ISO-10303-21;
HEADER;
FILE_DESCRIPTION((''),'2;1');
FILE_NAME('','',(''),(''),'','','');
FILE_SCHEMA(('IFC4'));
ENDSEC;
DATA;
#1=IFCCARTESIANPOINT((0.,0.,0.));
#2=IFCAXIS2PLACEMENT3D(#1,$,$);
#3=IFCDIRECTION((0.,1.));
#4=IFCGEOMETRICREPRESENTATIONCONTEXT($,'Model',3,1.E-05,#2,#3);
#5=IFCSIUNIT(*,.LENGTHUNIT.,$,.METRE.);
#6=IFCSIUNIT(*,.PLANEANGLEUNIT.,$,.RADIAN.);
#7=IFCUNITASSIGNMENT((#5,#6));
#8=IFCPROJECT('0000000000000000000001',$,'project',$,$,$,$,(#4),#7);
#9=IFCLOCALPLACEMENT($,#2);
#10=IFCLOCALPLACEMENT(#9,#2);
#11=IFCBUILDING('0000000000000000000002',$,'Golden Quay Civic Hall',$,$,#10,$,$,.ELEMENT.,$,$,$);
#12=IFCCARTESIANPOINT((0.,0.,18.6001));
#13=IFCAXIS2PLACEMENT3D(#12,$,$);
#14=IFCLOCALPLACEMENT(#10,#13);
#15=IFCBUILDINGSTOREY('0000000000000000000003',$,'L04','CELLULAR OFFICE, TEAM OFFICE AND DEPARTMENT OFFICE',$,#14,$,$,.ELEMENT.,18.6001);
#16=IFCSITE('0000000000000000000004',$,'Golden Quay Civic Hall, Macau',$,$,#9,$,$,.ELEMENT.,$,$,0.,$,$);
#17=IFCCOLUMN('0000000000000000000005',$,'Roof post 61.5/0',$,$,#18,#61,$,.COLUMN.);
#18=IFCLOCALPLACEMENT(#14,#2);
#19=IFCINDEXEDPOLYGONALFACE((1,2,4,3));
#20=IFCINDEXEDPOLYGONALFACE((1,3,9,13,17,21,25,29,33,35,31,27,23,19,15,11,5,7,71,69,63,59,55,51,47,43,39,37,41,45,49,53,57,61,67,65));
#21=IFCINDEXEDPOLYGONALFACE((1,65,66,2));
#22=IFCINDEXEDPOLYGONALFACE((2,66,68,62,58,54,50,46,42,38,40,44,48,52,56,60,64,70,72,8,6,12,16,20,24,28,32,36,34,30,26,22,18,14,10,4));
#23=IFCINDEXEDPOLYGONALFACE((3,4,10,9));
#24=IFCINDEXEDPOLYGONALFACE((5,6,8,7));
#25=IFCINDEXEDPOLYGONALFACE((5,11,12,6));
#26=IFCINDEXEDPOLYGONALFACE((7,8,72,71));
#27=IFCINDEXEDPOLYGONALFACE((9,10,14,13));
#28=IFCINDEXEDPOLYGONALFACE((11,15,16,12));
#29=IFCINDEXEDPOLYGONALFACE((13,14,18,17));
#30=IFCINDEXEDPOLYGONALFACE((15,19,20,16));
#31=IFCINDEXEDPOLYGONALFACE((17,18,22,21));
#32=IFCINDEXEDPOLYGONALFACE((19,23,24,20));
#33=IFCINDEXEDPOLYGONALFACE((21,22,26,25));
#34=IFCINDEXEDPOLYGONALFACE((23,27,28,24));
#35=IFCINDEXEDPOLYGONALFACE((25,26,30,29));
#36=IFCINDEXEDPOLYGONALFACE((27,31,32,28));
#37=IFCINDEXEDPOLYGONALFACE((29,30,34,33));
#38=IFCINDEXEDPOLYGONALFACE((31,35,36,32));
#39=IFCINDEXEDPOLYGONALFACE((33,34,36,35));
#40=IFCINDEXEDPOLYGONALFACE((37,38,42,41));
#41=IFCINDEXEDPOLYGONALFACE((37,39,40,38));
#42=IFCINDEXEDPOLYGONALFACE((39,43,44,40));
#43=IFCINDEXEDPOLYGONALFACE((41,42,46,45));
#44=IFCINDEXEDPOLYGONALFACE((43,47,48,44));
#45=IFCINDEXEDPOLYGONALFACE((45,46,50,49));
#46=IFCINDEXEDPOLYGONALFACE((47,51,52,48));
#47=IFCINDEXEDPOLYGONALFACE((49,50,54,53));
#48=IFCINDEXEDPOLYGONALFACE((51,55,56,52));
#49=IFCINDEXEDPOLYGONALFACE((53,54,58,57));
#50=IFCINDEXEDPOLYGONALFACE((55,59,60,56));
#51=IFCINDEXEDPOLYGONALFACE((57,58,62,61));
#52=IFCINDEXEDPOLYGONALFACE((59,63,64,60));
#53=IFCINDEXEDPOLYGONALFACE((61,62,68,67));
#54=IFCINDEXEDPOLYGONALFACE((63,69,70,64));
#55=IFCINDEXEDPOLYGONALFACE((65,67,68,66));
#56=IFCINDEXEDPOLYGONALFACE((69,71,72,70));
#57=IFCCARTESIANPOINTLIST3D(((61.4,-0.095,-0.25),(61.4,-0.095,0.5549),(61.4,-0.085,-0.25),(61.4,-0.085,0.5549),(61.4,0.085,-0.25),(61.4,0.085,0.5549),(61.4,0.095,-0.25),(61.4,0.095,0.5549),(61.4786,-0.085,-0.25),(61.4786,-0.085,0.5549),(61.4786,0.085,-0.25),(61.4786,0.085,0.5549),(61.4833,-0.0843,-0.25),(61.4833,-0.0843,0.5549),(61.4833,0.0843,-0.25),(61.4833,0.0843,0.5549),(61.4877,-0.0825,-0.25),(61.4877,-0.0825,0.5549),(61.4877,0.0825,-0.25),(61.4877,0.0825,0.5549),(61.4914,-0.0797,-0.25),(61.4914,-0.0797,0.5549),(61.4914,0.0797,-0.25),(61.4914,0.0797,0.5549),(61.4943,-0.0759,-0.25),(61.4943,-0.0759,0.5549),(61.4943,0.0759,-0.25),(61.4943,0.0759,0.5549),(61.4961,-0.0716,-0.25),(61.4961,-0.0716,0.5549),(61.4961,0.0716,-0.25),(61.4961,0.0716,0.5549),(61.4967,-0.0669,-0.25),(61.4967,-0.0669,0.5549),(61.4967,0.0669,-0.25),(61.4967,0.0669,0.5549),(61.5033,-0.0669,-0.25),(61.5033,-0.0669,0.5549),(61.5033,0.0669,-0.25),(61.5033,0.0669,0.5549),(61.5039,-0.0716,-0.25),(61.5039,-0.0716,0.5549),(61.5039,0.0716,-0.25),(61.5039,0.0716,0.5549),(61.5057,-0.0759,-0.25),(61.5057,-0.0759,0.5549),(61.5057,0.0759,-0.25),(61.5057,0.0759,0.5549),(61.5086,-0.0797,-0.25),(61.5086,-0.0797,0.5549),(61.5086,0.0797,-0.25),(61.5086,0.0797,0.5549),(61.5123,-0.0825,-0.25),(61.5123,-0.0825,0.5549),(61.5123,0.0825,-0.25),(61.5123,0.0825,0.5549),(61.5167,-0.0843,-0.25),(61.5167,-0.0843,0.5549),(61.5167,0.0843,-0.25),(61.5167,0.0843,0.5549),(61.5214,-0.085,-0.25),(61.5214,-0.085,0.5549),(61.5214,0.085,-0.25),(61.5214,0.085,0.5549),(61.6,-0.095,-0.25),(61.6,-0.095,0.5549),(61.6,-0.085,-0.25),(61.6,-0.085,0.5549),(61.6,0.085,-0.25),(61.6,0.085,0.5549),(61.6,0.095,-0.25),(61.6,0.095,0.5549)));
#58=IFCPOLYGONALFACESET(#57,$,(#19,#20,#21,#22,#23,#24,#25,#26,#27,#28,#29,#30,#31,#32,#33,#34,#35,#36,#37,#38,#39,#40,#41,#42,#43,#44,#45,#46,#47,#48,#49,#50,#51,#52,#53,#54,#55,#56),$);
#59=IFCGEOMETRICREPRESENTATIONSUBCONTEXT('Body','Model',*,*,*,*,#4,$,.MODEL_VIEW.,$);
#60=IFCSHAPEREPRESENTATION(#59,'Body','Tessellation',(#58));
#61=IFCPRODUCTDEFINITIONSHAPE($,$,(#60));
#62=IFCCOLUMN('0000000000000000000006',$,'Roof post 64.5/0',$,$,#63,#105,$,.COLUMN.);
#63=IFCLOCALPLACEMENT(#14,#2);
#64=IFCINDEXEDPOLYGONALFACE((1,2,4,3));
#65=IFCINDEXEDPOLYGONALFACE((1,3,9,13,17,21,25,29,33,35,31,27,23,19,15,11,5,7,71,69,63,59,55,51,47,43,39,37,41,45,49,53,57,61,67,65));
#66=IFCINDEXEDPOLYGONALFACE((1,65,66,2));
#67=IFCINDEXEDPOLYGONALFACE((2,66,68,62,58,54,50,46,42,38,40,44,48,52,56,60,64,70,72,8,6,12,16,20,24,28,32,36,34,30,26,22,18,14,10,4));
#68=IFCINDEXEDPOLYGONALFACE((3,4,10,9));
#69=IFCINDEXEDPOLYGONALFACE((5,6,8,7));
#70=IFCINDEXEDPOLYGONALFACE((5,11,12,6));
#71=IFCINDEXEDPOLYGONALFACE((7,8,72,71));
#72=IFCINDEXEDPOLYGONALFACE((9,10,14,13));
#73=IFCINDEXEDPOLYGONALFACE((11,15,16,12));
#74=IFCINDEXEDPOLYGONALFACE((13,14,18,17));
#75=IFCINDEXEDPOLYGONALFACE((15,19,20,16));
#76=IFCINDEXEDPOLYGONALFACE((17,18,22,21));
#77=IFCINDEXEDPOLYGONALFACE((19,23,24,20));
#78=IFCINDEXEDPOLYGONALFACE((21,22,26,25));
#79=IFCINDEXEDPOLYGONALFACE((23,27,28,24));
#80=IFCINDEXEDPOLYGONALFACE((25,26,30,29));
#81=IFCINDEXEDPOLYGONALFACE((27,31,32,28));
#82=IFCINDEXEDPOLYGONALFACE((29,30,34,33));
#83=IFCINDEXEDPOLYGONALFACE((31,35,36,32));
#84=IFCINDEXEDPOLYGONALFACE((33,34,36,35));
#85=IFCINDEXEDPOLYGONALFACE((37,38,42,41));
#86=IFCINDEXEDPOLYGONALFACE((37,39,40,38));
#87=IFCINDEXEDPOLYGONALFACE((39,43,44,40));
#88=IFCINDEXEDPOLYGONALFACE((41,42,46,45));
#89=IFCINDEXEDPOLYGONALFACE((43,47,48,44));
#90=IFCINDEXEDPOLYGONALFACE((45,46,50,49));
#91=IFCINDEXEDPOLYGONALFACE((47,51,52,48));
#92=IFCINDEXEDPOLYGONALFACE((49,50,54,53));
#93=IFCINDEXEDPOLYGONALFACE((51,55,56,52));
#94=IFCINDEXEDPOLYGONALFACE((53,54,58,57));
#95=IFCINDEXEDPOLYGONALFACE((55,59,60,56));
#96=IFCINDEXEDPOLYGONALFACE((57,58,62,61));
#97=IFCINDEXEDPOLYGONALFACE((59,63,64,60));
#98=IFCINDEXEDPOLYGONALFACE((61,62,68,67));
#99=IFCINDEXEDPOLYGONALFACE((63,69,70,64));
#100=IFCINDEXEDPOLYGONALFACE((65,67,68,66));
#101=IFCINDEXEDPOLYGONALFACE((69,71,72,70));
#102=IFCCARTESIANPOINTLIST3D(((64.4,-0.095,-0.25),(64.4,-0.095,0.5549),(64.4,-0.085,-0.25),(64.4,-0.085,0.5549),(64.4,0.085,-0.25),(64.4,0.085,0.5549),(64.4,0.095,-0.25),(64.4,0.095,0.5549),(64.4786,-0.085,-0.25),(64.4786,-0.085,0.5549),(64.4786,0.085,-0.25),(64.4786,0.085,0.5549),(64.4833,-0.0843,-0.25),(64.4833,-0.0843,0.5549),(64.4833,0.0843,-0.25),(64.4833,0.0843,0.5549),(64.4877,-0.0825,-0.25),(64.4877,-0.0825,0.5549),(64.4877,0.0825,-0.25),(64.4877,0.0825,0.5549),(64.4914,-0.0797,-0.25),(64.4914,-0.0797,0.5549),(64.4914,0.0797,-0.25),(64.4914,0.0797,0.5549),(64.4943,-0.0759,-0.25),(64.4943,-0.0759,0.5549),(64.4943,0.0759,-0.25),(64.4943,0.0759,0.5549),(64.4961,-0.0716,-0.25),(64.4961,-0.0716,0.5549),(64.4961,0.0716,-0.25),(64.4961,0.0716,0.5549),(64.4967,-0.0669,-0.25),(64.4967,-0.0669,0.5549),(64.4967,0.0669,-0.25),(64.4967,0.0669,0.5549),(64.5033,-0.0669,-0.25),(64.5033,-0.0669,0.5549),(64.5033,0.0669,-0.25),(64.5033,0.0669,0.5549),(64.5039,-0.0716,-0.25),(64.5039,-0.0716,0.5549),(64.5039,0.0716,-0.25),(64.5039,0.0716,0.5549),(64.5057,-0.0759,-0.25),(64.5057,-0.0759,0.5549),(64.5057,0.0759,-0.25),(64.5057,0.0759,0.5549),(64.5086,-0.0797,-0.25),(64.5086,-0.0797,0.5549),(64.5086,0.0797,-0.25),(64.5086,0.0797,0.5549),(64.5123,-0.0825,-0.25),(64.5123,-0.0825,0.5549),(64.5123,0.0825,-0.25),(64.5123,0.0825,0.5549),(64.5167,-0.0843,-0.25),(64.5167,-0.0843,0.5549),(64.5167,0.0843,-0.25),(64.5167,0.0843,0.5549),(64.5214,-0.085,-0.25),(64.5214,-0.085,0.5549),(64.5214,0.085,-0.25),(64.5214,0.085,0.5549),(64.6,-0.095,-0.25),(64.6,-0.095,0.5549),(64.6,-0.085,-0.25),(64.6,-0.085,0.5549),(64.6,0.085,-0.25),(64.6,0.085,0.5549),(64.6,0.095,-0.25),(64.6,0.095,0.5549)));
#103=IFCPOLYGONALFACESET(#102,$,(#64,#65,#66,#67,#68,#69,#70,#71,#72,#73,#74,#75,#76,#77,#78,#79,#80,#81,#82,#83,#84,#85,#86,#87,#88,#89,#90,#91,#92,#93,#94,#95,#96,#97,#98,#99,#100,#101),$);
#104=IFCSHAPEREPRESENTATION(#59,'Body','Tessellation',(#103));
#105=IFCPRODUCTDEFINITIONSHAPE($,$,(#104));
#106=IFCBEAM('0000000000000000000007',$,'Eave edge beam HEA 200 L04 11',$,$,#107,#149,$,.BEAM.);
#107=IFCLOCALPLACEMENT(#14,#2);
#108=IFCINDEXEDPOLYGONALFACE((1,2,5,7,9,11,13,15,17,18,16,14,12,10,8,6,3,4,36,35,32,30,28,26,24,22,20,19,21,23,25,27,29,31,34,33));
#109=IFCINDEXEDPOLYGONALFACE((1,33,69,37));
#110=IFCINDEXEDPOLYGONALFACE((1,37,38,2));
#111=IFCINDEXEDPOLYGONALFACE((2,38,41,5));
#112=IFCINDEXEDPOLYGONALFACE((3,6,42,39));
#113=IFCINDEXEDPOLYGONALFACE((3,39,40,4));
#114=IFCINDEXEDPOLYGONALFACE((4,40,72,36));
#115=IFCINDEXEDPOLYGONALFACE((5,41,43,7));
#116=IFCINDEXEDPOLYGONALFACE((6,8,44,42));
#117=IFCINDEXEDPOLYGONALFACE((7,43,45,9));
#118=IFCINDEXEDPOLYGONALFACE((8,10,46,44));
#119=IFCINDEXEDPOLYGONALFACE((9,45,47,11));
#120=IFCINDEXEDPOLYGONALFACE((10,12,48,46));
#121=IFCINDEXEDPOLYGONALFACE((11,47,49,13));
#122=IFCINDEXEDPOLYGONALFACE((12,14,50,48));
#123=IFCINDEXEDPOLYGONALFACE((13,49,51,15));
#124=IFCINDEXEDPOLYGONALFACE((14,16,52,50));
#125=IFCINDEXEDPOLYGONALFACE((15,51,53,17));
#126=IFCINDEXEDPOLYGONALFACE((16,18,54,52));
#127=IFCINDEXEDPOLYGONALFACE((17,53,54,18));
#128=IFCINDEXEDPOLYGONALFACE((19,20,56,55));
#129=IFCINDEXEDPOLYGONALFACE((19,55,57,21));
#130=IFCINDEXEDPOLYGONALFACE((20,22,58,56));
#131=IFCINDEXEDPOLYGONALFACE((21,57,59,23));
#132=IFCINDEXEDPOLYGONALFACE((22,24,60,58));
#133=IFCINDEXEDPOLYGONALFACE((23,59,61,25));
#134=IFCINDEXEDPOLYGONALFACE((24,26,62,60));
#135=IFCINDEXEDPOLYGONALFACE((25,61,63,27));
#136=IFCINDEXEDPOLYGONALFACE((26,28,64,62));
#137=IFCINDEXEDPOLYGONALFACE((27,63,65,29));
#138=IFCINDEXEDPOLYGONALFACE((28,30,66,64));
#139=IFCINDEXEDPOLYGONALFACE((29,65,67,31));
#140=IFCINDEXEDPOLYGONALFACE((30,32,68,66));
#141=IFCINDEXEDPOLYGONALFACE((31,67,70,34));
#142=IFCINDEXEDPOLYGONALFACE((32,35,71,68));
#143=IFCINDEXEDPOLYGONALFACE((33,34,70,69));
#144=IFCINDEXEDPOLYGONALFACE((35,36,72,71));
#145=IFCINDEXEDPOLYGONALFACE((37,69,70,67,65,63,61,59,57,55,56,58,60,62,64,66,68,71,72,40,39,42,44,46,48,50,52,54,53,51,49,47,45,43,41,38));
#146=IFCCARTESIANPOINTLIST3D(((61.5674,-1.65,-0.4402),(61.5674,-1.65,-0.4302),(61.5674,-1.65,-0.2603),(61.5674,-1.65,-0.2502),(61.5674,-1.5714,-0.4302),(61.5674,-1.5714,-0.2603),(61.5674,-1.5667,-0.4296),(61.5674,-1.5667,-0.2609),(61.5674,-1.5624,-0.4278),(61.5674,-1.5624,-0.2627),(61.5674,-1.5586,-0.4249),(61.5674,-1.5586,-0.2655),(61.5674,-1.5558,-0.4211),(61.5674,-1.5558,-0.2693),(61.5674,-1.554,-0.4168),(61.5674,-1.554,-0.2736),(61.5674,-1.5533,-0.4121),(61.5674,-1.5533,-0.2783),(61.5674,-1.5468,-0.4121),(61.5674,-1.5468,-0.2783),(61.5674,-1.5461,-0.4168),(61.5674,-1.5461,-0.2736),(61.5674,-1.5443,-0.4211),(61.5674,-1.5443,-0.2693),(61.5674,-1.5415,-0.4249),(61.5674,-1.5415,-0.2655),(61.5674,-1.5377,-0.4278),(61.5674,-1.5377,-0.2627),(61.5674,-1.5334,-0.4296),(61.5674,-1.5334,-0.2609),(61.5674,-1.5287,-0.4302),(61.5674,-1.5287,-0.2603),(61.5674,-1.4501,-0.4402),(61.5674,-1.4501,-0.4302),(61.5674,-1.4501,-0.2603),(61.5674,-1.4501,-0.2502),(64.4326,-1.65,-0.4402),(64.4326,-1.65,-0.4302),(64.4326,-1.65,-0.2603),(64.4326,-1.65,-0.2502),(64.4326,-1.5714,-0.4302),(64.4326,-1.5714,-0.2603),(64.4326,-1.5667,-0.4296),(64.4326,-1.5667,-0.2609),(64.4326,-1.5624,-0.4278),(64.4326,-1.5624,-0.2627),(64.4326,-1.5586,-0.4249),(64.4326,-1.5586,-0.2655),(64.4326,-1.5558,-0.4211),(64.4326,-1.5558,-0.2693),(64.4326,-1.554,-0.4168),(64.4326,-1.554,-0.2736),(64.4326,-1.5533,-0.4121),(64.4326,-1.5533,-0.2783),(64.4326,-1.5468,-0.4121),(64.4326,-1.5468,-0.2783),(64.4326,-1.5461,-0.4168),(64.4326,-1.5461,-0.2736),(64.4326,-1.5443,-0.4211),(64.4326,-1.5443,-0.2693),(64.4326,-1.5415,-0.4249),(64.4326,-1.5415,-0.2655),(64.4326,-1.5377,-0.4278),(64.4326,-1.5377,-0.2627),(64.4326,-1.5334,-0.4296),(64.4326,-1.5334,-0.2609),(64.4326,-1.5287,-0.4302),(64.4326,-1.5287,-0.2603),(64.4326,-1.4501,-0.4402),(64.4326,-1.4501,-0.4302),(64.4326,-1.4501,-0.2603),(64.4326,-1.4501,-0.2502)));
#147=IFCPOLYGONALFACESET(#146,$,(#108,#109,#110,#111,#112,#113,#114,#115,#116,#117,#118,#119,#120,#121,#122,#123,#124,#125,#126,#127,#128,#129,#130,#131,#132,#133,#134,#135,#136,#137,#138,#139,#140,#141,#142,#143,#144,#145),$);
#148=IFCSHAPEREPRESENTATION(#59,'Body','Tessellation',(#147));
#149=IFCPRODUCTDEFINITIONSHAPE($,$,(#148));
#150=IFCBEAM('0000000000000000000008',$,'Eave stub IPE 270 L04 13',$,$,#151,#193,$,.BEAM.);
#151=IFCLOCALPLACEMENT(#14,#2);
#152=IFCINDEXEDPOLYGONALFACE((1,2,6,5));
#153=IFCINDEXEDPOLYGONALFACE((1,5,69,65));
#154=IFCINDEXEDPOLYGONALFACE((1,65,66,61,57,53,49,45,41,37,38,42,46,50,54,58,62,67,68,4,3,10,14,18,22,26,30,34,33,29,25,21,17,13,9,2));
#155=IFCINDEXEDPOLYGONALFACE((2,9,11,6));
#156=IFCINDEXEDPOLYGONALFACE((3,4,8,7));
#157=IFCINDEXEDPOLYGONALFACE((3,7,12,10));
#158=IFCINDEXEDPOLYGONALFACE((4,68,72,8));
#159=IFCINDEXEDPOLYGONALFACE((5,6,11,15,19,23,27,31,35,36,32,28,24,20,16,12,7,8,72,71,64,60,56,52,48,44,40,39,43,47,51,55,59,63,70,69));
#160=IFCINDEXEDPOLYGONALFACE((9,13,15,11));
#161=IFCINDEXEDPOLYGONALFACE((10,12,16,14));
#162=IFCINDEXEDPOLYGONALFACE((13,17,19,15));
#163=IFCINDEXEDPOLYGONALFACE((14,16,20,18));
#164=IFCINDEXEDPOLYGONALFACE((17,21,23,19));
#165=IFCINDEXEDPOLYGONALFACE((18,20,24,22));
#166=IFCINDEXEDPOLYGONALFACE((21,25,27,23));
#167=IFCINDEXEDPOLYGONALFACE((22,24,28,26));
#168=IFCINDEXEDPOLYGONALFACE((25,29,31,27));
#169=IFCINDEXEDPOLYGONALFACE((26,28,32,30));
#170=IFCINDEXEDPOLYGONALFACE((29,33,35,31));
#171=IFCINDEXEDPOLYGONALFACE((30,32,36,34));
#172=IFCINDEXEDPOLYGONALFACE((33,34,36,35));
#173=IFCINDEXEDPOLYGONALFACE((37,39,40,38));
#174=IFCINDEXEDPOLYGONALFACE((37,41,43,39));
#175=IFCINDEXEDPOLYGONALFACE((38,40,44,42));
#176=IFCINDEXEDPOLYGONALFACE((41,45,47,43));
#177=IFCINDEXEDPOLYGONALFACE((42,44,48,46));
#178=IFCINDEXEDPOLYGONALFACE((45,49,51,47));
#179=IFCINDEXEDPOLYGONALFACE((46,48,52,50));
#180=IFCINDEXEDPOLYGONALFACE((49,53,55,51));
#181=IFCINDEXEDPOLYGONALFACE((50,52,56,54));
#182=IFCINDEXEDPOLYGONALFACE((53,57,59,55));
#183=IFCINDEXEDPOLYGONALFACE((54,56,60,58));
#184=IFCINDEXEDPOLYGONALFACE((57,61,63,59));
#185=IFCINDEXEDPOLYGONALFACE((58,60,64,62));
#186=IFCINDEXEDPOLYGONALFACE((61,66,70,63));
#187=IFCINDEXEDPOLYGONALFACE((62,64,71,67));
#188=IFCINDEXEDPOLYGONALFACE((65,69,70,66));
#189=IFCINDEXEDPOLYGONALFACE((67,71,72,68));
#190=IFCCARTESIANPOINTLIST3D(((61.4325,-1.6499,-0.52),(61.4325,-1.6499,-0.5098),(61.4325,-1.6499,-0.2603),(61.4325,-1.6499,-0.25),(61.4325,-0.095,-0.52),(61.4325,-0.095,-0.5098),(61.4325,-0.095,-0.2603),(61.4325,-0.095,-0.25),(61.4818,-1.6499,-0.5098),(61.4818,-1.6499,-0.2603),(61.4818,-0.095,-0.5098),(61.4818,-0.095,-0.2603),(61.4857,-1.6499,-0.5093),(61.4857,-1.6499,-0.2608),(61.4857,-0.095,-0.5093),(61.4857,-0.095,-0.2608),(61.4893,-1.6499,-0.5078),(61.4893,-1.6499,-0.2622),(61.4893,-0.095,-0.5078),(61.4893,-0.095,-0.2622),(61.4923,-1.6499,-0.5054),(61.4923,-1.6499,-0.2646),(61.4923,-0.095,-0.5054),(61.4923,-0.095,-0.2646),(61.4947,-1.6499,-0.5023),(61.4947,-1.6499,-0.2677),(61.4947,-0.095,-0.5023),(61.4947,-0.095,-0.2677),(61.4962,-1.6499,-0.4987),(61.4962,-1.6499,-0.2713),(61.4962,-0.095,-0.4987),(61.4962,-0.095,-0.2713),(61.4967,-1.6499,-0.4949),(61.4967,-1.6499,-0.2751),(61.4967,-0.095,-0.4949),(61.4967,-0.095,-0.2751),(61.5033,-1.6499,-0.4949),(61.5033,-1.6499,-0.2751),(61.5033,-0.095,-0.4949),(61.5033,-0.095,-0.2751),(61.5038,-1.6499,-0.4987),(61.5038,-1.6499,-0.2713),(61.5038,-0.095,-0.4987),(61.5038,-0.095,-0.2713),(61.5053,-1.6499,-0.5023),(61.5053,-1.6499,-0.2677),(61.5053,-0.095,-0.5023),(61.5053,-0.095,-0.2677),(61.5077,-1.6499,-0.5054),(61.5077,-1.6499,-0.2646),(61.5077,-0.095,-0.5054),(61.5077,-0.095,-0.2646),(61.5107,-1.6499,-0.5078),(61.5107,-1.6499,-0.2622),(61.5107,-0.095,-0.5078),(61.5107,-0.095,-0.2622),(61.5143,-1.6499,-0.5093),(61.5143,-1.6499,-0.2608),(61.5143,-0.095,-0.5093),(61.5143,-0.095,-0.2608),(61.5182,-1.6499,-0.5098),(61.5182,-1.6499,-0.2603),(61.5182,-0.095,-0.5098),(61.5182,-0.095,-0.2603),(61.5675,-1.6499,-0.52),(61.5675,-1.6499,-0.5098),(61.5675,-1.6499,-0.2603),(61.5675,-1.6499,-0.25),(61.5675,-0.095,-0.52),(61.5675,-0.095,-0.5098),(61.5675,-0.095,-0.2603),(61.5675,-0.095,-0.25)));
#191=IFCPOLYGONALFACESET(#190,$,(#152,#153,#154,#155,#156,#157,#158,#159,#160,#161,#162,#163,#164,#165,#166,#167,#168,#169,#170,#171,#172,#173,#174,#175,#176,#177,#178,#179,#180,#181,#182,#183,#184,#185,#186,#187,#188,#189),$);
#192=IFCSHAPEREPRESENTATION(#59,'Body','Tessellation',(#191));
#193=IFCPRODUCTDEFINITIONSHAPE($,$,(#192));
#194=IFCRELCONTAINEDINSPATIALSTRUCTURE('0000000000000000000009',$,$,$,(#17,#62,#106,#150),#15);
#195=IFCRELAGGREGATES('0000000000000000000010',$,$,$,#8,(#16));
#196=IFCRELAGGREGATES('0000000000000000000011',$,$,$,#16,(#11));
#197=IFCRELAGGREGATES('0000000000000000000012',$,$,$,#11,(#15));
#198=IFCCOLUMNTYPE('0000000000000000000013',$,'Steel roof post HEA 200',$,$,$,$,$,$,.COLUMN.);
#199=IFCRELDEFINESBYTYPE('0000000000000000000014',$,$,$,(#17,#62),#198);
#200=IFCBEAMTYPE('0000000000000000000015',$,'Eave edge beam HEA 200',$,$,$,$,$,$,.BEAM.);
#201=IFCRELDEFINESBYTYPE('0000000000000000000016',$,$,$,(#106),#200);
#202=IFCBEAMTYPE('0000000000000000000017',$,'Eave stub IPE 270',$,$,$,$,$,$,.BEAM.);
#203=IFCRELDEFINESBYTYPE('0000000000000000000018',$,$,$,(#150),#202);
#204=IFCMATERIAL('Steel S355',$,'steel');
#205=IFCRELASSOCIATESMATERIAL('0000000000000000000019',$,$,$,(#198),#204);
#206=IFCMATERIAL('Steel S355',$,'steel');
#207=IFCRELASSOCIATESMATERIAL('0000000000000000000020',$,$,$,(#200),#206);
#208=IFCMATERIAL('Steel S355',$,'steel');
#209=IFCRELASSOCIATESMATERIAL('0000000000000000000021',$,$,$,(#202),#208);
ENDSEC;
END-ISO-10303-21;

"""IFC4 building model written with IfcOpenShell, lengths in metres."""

from ifc_helpers import new_model, si_unit, direction, frame, origin, origin_2d, place, context, subcontext, project, spatial, i_section, extrude, material, material_profile, profile_set, type_object, element, save


model = new_model("IFC4")

# Units and contexts
model_context = context("Model", 3, precision=1e-05, world=origin(), true_north=direction((0.0, 1.0)))
body_context = subcontext(model_context, "Body", "Model", "MODEL_VIEW")
ifc_project = project(units=[si_unit("LENGTHUNIT", "METRE"), si_unit("PLANEANGLEUNIT", "RADIAN")], contexts=[model_context])

# Site, building, storey
site_placement = place(None, origin())
site = spatial("IfcSite", under=ifc_project, at=site_placement, Name="Golden Quay Civic Hall, Macau", CompositionType="ELEMENT", RefElevation=0.0)
building_placement = place(site_placement, origin())
building = spatial("IfcBuilding", under=site, at=building_placement, Name="Golden Quay Civic Hall", CompositionType="ELEMENT")
storey_placement = place(building_placement, frame((0.0, 0.0, 18.6001)))
storey = spatial("IfcBuildingStorey", under=building, at=storey_placement, Name="L04", Description="CELLULAR OFFICE, TEAM OFFICE AND DEPARTMENT OFFICE", CompositionType="ELEMENT", Elevation=18.6001)

# Columns
ifc_material_1 = material(Name="Steel S355", Category="steel")
ifc_material_profile_1 = material_profile(ifc_material_1, i_section(OverallWidth=0.2, OverallDepth=0.1899, WebThickness=0.0066, FlangeThickness=0.01, FilletRadius=0.0181, at=origin_2d()), Name="HEA 200")
ifc_profile_set_1 = profile_set([ifc_material_profile_1], Name="Steel S355")
column_type = type_object("IfcColumnType", Name="Steel roof post HEA 200", PredefinedType="COLUMN", material=ifc_profile_set_1)
for number, where, z_axis, x_axis, name in (
    (1, (61.5, 0.0, -0.25), (0.0, 0.0, 1.0), (1.0, 0.0, 0.0), "Roof post 61.5/0"),
    (2, (64.5, 0.0, -0.25), (0.0, 0.0, 1.0), (1.0, 0.0, 0.0), "Roof post 64.5/0"),
):
    element("IfcColumn", number, at=place(storey_placement, frame(where, z_axis=z_axis, x_axis=x_axis)), inside=storey, type_object=column_type, Name=name, PredefinedType="COLUMN", context=body_context, shape_type="SweptSolid", body=[
        extrude(i_section(OverallWidth=0.2, OverallDepth=0.1899, WebThickness=0.0066, FlangeThickness=0.01, FilletRadius=0.0181, at=origin_2d()), origin(), (0.0, 0.0, 1.0), 0.8049),
    ])

# Beams
ifc_material_2 = material(Name="Steel S355", Category="steel")
ifc_material_profile_2 = material_profile(ifc_material_2, i_section(OverallWidth=0.2, OverallDepth=0.1899, WebThickness=0.0066, FlangeThickness=0.01, FilletRadius=0.0181, at=origin_2d()), Name="HEA 200")
ifc_profile_set_2 = profile_set([ifc_material_profile_2], Name="Steel S355")
beam_type_1 = type_object("IfcBeamType", Name="Eave edge beam HEA 200", PredefinedType="BEAM", material=ifc_profile_set_2)
beam_1_placement = place(storey_placement, frame((61.5674, -1.55, -0.3452), z_axis=(1.0, 0.0, 0.0), x_axis=(0.0, 1.0, 0.0)))
element("IfcBeam", 3, at=beam_1_placement, inside=storey, type_object=beam_type_1, Name="Eave edge beam HEA 200 L04 11", PredefinedType="BEAM", context=body_context, shape_type="SweptSolid", body=[
    extrude(i_section(OverallWidth=0.2, OverallDepth=0.1899, WebThickness=0.0066, FlangeThickness=0.01, FilletRadius=0.0181, at=origin_2d()), origin(), (0.0, 0.0, 1.0), 2.8652),
])
ifc_material_3 = material(Name="Steel S355", Category="steel")
ifc_material_profile_3 = material_profile(ifc_material_3, i_section(OverallWidth=0.135, OverallDepth=0.27, WebThickness=0.0066, FlangeThickness=0.0103, FilletRadius=0.0149, at=origin_2d()), Name="IPE 270")
ifc_profile_set_3 = profile_set([ifc_material_profile_3], Name="Steel S355")
beam_type_2 = type_object("IfcBeamType", Name="Eave stub IPE 270", PredefinedType="BEAM", material=ifc_profile_set_3)
for number, where, z_axis, x_axis, name in (
    (4, (61.5, -0.095, -0.385), (0.0, -1.0, 0.0), (1.0, 0.0, 0.0), "Eave stub IPE 270 L04 13"),
):
    element("IfcBeam", number, at=place(storey_placement, frame(where, z_axis=z_axis, x_axis=x_axis)), inside=storey, type_object=beam_type_2, Name=name, PredefinedType="BEAM", context=body_context, shape_type="SweptSolid", body=[
        extrude(i_section(OverallWidth=0.135, OverallDepth=0.27, WebThickness=0.0066, FlangeThickness=0.0103, FilletRadius=0.0149, at=origin_2d()), origin(), (0.0, 0.0, 1.0), 1.5549),
    ])

save(model, "model.ifc")
